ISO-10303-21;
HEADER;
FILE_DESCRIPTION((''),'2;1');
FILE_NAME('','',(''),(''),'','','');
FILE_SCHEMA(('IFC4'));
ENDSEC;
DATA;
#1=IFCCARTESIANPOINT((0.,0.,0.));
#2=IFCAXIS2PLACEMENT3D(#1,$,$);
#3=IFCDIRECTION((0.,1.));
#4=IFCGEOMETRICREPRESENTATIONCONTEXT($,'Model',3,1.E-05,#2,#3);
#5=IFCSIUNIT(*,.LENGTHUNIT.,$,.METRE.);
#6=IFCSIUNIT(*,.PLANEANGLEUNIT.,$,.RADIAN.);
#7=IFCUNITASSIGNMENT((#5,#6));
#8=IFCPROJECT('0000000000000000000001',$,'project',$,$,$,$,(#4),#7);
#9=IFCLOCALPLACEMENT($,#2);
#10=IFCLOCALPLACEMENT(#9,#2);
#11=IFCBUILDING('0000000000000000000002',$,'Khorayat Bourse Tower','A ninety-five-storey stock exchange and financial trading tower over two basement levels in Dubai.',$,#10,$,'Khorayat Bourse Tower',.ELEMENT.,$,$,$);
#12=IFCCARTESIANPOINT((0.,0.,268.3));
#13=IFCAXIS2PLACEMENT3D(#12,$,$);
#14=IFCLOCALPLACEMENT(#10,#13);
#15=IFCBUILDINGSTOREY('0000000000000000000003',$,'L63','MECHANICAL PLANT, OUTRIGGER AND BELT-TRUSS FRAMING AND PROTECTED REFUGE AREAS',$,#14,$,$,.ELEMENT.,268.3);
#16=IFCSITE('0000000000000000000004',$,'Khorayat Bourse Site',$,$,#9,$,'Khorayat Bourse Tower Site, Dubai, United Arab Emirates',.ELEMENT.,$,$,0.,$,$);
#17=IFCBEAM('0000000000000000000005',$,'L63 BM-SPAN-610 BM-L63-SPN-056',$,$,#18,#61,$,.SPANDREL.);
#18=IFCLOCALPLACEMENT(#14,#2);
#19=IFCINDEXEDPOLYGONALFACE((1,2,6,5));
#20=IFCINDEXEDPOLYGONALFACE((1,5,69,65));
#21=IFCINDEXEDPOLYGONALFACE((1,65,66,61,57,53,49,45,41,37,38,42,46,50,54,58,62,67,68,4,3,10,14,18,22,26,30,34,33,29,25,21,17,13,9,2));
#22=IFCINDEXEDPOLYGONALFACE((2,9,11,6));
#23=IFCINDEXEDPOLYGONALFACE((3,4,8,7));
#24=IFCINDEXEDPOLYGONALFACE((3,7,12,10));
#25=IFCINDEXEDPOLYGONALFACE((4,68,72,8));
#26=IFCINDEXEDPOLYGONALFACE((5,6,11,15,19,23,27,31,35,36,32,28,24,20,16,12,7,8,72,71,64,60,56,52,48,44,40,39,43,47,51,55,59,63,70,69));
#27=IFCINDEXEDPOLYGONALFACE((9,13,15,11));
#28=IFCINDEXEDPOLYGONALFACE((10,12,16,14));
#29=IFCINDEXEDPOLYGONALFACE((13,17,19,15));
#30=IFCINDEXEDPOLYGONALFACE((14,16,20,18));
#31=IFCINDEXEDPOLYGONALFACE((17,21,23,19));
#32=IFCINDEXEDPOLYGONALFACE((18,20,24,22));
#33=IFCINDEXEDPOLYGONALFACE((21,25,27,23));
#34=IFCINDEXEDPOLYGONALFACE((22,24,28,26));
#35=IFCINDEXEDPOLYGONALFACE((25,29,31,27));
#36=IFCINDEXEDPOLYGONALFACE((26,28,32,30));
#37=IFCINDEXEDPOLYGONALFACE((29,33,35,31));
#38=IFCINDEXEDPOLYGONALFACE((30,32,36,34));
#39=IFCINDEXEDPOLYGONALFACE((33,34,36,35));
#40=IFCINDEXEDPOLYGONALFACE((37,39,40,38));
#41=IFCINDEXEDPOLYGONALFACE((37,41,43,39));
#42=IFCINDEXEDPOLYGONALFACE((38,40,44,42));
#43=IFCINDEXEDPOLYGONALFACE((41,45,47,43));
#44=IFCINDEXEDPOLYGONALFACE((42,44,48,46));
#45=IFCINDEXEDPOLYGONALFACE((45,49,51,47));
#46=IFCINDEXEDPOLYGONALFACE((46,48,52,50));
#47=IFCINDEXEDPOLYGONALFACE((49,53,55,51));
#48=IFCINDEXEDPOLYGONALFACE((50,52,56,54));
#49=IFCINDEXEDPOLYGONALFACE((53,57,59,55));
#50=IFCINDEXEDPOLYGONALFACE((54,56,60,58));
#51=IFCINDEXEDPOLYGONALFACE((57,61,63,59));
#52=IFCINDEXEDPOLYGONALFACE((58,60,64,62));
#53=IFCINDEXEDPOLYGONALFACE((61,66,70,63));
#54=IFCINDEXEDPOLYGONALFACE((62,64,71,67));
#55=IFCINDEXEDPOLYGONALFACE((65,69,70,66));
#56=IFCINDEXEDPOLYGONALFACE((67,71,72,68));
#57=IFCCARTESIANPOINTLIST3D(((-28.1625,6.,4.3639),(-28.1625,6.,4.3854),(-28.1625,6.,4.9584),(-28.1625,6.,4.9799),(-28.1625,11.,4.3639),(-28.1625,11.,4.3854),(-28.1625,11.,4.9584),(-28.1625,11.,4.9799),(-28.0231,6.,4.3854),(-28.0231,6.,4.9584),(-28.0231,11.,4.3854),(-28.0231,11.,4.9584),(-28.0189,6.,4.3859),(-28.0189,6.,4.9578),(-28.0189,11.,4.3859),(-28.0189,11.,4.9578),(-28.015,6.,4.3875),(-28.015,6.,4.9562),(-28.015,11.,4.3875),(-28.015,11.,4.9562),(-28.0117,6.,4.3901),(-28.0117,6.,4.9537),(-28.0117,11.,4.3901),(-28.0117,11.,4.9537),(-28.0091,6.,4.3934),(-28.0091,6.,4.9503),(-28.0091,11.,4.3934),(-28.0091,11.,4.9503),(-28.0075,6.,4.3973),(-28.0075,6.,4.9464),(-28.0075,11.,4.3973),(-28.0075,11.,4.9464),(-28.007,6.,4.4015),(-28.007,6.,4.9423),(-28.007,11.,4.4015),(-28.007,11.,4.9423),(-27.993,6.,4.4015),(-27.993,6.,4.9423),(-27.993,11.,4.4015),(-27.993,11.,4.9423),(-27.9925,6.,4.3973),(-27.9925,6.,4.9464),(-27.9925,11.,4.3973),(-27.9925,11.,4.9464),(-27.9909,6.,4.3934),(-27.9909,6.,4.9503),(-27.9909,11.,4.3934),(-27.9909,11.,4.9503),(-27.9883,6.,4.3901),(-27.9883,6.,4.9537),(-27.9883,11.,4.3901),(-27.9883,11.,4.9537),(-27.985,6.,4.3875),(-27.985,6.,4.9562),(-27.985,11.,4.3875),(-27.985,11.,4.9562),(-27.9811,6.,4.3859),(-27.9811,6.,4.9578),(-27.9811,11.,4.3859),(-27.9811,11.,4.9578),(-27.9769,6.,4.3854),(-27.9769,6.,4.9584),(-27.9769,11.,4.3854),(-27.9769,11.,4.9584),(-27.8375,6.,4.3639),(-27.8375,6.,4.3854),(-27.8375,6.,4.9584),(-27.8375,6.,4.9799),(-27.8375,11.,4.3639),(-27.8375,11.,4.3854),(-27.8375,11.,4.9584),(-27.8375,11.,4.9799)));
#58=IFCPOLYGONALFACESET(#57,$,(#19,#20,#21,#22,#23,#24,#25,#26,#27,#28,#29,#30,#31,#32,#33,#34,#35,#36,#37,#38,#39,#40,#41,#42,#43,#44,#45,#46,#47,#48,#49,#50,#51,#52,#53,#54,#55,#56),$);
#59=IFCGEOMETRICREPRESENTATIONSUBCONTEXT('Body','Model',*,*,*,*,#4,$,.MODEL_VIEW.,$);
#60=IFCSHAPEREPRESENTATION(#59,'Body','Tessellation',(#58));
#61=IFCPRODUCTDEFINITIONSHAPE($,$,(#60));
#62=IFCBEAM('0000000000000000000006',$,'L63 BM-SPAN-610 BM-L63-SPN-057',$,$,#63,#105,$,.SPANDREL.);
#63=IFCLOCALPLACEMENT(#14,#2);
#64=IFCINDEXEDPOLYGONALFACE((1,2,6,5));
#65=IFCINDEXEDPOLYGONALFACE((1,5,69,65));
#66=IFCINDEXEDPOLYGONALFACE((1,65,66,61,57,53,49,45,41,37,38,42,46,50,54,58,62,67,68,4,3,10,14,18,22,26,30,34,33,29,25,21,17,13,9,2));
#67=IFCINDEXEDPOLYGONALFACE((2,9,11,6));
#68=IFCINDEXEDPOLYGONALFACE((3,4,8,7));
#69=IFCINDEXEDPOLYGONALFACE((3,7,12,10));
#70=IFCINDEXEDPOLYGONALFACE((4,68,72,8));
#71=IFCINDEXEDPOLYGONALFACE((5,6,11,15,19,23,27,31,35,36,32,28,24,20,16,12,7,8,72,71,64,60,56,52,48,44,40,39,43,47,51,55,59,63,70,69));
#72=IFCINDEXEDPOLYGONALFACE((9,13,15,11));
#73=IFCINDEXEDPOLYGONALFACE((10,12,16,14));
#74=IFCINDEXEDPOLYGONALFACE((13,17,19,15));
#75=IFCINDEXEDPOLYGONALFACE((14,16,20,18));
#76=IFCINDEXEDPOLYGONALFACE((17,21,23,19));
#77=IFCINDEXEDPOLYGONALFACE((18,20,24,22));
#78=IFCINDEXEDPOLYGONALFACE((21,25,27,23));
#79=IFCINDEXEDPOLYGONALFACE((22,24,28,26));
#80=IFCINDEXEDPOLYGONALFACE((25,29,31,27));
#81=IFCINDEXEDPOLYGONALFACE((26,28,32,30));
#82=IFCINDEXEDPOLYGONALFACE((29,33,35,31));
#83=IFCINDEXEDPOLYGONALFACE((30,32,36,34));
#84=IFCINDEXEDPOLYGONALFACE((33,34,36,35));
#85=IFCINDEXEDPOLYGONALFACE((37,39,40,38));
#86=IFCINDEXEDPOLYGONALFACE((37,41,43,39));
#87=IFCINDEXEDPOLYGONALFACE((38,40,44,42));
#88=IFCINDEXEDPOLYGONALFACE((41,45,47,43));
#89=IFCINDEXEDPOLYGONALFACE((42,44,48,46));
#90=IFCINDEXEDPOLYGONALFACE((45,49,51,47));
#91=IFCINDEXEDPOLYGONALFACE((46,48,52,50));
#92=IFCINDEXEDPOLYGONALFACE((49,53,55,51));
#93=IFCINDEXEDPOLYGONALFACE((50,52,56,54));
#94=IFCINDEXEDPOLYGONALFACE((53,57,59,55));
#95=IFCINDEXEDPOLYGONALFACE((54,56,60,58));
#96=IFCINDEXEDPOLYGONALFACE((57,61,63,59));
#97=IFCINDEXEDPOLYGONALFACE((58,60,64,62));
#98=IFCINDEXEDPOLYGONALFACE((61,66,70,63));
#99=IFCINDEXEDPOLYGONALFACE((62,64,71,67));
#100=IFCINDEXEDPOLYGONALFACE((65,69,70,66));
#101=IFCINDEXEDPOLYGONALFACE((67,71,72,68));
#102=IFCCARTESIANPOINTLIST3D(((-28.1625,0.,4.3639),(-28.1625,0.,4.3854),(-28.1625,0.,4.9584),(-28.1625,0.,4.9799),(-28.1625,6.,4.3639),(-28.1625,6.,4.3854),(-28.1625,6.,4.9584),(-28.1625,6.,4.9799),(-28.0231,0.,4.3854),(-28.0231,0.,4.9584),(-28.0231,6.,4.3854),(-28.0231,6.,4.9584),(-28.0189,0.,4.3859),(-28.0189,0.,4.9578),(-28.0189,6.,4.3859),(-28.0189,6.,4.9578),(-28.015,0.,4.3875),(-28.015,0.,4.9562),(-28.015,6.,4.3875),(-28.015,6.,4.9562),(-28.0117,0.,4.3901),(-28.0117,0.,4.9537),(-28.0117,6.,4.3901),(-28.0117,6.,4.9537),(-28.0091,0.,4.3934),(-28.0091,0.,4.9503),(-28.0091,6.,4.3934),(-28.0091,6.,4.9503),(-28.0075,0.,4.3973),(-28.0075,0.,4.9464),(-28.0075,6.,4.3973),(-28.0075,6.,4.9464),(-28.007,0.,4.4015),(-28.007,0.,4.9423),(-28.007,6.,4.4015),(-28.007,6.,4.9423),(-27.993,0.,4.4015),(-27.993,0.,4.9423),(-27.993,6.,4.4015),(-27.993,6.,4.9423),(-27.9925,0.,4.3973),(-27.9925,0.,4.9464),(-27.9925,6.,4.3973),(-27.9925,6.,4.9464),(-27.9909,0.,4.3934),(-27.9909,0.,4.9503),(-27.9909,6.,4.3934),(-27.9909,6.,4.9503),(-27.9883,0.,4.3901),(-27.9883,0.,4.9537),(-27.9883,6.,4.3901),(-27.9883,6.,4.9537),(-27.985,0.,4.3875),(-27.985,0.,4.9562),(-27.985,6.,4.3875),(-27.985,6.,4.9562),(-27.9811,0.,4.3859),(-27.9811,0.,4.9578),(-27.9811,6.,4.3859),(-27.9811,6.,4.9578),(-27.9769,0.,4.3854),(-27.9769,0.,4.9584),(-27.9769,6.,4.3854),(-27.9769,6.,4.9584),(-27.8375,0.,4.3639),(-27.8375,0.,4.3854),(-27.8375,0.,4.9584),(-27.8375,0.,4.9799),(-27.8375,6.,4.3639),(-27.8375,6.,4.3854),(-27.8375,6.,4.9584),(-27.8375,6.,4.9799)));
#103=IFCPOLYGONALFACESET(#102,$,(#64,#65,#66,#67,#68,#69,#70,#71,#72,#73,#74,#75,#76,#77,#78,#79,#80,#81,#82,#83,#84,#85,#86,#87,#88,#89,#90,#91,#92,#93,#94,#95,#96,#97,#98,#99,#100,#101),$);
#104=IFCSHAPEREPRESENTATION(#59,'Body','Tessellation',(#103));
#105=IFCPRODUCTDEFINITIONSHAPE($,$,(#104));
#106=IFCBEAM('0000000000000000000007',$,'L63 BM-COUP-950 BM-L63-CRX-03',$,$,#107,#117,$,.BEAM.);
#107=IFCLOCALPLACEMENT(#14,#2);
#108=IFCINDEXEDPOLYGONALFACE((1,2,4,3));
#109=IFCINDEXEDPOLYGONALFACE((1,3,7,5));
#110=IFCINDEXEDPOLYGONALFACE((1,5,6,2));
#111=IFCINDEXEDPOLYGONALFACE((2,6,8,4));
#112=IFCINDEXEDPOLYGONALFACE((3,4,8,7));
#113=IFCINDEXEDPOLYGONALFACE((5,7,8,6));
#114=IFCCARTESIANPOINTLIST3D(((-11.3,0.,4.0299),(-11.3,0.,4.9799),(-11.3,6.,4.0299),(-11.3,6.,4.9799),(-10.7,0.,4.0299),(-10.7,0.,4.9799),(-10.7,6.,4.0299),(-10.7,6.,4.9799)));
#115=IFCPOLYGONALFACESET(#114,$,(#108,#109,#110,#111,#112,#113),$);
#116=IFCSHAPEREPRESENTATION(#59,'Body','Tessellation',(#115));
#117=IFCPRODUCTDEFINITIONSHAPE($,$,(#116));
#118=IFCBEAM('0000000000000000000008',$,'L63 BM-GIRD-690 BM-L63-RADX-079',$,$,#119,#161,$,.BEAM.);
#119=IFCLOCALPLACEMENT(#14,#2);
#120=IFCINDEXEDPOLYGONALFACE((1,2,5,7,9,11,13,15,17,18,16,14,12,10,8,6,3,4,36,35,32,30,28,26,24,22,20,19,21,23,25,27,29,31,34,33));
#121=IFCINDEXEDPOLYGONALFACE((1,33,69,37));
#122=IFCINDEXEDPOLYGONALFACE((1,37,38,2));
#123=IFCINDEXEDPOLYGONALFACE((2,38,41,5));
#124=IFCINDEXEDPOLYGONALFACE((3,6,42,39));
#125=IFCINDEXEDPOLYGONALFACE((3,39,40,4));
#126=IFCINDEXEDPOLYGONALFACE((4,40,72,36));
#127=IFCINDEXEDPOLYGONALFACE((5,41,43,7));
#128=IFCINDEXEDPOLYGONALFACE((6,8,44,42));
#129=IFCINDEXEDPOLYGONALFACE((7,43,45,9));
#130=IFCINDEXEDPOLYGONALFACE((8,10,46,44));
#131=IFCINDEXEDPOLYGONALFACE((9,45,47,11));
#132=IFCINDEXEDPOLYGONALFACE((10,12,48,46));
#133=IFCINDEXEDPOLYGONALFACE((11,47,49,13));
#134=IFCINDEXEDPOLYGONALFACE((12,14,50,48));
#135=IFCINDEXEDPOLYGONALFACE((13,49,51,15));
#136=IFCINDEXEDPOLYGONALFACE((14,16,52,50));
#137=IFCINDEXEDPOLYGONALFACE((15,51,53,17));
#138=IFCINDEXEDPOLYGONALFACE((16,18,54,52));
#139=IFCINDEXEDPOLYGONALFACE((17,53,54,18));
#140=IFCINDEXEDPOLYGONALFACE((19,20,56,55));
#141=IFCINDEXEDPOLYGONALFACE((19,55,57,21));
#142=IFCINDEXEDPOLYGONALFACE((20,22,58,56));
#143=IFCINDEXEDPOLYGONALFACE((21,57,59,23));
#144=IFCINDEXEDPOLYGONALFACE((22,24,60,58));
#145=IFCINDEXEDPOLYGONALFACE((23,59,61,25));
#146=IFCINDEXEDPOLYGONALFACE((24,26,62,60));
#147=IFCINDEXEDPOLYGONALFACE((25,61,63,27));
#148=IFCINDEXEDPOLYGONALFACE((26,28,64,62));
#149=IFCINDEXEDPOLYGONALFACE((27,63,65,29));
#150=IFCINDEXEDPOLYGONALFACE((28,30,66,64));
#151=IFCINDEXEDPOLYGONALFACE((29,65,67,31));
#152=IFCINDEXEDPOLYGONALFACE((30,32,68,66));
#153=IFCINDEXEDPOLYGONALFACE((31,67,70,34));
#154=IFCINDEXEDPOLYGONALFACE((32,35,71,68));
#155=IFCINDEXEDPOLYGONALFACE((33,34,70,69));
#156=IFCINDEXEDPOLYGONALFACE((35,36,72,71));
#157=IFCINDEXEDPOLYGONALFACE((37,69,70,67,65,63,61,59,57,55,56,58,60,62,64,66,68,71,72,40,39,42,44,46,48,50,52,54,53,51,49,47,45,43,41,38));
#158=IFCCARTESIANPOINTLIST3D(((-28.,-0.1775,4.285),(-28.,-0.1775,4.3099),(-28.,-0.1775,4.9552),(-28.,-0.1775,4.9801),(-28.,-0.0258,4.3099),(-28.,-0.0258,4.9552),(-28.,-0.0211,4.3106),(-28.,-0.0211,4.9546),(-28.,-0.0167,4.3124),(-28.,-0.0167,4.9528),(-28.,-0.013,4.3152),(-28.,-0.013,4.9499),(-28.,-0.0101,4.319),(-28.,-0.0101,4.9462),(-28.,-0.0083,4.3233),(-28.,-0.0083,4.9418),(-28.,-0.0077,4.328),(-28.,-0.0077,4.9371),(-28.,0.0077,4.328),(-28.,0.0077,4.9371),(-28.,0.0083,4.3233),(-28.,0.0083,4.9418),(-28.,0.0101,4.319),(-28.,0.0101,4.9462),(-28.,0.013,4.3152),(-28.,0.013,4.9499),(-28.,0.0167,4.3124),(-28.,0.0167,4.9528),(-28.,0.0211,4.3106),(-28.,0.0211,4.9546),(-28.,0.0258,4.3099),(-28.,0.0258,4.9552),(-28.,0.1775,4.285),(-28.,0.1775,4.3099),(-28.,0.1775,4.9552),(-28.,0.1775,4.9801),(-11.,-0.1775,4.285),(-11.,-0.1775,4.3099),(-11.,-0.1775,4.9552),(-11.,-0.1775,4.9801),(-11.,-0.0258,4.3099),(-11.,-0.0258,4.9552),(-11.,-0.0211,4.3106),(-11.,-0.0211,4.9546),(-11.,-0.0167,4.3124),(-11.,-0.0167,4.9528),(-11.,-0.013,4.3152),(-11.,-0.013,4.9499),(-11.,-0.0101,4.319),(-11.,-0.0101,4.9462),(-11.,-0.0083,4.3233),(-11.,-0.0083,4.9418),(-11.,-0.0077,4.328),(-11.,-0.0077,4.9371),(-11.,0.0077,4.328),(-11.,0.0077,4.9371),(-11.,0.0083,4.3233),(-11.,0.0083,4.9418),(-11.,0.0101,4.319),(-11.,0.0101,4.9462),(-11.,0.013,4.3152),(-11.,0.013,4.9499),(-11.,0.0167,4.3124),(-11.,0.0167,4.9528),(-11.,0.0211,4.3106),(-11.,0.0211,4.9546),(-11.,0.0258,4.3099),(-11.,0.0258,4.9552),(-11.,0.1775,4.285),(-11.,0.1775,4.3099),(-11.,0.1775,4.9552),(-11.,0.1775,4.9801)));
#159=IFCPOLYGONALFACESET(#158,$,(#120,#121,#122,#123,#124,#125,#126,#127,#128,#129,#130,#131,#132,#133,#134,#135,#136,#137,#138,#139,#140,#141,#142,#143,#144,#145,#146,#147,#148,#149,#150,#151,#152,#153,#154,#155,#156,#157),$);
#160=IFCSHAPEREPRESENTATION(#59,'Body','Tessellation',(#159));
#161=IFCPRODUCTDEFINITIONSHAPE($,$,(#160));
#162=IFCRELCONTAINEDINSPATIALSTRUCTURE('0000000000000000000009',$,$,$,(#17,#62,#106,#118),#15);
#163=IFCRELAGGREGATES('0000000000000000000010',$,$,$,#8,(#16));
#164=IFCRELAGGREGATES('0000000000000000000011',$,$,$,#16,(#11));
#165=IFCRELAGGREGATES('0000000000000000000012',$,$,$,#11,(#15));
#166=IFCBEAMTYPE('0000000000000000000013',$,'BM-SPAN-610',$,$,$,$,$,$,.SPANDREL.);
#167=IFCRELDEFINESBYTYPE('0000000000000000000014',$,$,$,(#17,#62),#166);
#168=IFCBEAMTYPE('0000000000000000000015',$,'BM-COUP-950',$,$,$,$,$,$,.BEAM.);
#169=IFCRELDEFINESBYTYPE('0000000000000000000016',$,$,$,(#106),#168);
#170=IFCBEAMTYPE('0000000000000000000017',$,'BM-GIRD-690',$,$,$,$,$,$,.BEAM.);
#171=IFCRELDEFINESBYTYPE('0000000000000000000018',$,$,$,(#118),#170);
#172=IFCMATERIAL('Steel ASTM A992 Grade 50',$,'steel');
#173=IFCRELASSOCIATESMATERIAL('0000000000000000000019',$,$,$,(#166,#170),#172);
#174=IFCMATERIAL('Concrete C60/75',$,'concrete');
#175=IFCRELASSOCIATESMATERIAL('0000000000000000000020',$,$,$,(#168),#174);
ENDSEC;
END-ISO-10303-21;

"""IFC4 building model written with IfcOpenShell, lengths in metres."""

from ifc_helpers import new_model, si_unit, direction, frame, origin, origin_2d, place, context, subcontext, project, spatial, rectangle, i_section, extrude, source, transform, mapped, material, material_profile, profile_set, type_object, element, save


model = new_model("IFC4")

# Units and contexts
model_context = context("Model", 3, precision=1e-05, world=origin(), true_north=direction((0.0, 1.0)))
body_context = subcontext(model_context, "Body", "Model", "MODEL_VIEW")
ifc_project = project(units=[si_unit("LENGTHUNIT", "METRE"), si_unit("PLANEANGLEUNIT", "RADIAN")], contexts=[model_context])

# Site, building, storey
site_placement = place(None, origin())
site = spatial("IfcSite", under=ifc_project, at=site_placement, Name="Khorayat Bourse Site", LongName="Khorayat Bourse Tower Site, Dubai, United Arab Emirates", CompositionType="ELEMENT", RefElevation=0.0)
building_placement = place(site_placement, origin())
building = spatial("IfcBuilding", under=site, at=building_placement, Name="Khorayat Bourse Tower", Description="A ninety-five-storey stock exchange and financial trading tower over two basement levels in Dubai.", LongName="Khorayat Bourse Tower", CompositionType="ELEMENT")
storey_placement = place(building_placement, frame((0.0, 0.0, 268.3)))
storey = spatial("IfcBuildingStorey", under=building, at=storey_placement, Name="L63", Description="MECHANICAL PLANT, OUTRIGGER AND BELT-TRUSS FRAMING AND PROTECTED REFUGE AREAS", CompositionType="ELEMENT", Elevation=268.3)

# Beams
ifc_material_1 = material(Name="Steel ASTM A992 Grade 50", Category="steel")
ifc_material_profile_1 = material_profile(ifc_material_1, i_section(OverallWidth=0.325, OverallDepth=0.616, WebThickness=0.0139, FlangeThickness=0.0215, FilletRadius=0.0161, at=origin_2d()), Name="W610X174")
ifc_profile_set_1 = profile_set([ifc_material_profile_1], Name="Steel ASTM A992 Grade 50")
beam_type_1 = type_object("IfcBeamType", Name="BM-SPAN-610", PredefinedType="SPANDREL", material=ifc_profile_set_1)
shared_shape_1 = source(origin(), body_context, "Body", "SweptSolid", [
    extrude(i_section(OverallWidth=0.325, OverallDepth=0.616, WebThickness=0.0139, FlangeThickness=0.0215, FilletRadius=0.0161, at=origin_2d()), origin(), (0.0, 0.0, 1.0), 5.0),
])
beam_1_placement = place(storey_placement, frame((-28.0, 6.0, 4.6719), z_axis=(0.0, 1.0, 0.0), x_axis=(-1.0, 0.0, 0.0)))
element("IfcBeam", 1, at=beam_1_placement, inside=storey, type_object=beam_type_1, Name="L63 BM-SPAN-610 BM-L63-SPN-056", PredefinedType="SPANDREL", context=body_context, shape_type="MappedRepresentation", body=[
    mapped(shared_shape_1, transform((0.0, 0.0, 0.0), scale=1.0)),
])
shared_shape_2 = source(origin(), body_context, "Body", "SweptSolid", [
    extrude(i_section(OverallWidth=0.325, OverallDepth=0.616, WebThickness=0.0139, FlangeThickness=0.0215, FilletRadius=0.0161, at=origin_2d()), origin(), (0.0, 0.0, 1.0), 6.0),
])
beam_2_placement = place(storey_placement, frame((-28.0, 0.0, 4.6719), z_axis=(0.0, 1.0, 0.0), x_axis=(-1.0, 0.0, 0.0)))
element("IfcBeam", 2, at=beam_2_placement, inside=storey, type_object=beam_type_1, Name="L63 BM-SPAN-610 BM-L63-SPN-057", PredefinedType="SPANDREL", context=body_context, shape_type="MappedRepresentation", body=[
    mapped(shared_shape_2, transform((0.0, 0.0, 0.0), scale=1.0)),
])
ifc_material_2 = material(Name="Concrete C60/75", Category="concrete")
ifc_material_profile_2 = material_profile(ifc_material_2, rectangle(XDim=0.6001, YDim=0.95, at=origin_2d()), Name="RC 600x950")
ifc_profile_set_2 = profile_set([ifc_material_profile_2], Name="Concrete C60/75")
beam_type_2 = type_object("IfcBeamType", Name="BM-COUP-950", PredefinedType="BEAM", material=ifc_profile_set_2)
shared_shape_3 = source(origin(), body_context, "Body", "SweptSolid", [
    extrude(rectangle(XDim=0.6001, YDim=0.95, at=origin_2d()), origin(), (0.0, 0.0, 1.0), 6.0),
])
beam_3_placement = place(storey_placement, frame((-11.0, 0.0, 4.5049), z_axis=(0.0, 1.0, 0.0), x_axis=(-1.0, 0.0, 0.0)))
element("IfcBeam", 3, at=beam_3_placement, inside=storey, type_object=beam_type_2, Name="L63 BM-COUP-950 BM-L63-CRX-03", PredefinedType="BEAM", context=body_context, shape_type="MappedRepresentation", body=[
    mapped(shared_shape_3, transform((0.0, 0.0, 0.0), scale=1.0)),
])
ifc_material_profile_3 = material_profile(ifc_material_1, i_section(OverallWidth=0.355, OverallDepth=0.6951, WebThickness=0.0154, FlangeThickness=0.0249, FilletRadius=0.0181, at=origin_2d()), Name="W690X217")
ifc_profile_set_3 = profile_set([ifc_material_profile_3], Name="Steel ASTM A992 Grade 50")
beam_type_3 = type_object("IfcBeamType", Name="BM-GIRD-690", PredefinedType="BEAM", material=ifc_profile_set_3)
shared_shape_4 = source(origin(), body_context, "Body", "SweptSolid", [
    extrude(i_section(OverallWidth=0.355, OverallDepth=0.6951, WebThickness=0.0154, FlangeThickness=0.0249, FilletRadius=0.0181, at=origin_2d()), origin(), (0.0, 0.0, 1.0), 17.0),
])
for number, where, z_axis, x_axis, name in (
    (4, (-28.0, 0.0, 4.6326), (1.0, 0.0, 0.0), (0.0, 1.0, 0.0), "L63 BM-GIRD-690 BM-L63-RADX-079"),
):
    element("IfcBeam", number, at=place(storey_placement, frame(where, z_axis=z_axis, x_axis=x_axis)), inside=storey, type_object=beam_type_3, Name=name, PredefinedType="BEAM", context=body_context, shape_type="MappedRepresentation", body=[
        mapped(shared_shape_4, transform((0.0, 0.0, 0.0), scale=1.0)),
    ])

save(model, "model.ifc")
